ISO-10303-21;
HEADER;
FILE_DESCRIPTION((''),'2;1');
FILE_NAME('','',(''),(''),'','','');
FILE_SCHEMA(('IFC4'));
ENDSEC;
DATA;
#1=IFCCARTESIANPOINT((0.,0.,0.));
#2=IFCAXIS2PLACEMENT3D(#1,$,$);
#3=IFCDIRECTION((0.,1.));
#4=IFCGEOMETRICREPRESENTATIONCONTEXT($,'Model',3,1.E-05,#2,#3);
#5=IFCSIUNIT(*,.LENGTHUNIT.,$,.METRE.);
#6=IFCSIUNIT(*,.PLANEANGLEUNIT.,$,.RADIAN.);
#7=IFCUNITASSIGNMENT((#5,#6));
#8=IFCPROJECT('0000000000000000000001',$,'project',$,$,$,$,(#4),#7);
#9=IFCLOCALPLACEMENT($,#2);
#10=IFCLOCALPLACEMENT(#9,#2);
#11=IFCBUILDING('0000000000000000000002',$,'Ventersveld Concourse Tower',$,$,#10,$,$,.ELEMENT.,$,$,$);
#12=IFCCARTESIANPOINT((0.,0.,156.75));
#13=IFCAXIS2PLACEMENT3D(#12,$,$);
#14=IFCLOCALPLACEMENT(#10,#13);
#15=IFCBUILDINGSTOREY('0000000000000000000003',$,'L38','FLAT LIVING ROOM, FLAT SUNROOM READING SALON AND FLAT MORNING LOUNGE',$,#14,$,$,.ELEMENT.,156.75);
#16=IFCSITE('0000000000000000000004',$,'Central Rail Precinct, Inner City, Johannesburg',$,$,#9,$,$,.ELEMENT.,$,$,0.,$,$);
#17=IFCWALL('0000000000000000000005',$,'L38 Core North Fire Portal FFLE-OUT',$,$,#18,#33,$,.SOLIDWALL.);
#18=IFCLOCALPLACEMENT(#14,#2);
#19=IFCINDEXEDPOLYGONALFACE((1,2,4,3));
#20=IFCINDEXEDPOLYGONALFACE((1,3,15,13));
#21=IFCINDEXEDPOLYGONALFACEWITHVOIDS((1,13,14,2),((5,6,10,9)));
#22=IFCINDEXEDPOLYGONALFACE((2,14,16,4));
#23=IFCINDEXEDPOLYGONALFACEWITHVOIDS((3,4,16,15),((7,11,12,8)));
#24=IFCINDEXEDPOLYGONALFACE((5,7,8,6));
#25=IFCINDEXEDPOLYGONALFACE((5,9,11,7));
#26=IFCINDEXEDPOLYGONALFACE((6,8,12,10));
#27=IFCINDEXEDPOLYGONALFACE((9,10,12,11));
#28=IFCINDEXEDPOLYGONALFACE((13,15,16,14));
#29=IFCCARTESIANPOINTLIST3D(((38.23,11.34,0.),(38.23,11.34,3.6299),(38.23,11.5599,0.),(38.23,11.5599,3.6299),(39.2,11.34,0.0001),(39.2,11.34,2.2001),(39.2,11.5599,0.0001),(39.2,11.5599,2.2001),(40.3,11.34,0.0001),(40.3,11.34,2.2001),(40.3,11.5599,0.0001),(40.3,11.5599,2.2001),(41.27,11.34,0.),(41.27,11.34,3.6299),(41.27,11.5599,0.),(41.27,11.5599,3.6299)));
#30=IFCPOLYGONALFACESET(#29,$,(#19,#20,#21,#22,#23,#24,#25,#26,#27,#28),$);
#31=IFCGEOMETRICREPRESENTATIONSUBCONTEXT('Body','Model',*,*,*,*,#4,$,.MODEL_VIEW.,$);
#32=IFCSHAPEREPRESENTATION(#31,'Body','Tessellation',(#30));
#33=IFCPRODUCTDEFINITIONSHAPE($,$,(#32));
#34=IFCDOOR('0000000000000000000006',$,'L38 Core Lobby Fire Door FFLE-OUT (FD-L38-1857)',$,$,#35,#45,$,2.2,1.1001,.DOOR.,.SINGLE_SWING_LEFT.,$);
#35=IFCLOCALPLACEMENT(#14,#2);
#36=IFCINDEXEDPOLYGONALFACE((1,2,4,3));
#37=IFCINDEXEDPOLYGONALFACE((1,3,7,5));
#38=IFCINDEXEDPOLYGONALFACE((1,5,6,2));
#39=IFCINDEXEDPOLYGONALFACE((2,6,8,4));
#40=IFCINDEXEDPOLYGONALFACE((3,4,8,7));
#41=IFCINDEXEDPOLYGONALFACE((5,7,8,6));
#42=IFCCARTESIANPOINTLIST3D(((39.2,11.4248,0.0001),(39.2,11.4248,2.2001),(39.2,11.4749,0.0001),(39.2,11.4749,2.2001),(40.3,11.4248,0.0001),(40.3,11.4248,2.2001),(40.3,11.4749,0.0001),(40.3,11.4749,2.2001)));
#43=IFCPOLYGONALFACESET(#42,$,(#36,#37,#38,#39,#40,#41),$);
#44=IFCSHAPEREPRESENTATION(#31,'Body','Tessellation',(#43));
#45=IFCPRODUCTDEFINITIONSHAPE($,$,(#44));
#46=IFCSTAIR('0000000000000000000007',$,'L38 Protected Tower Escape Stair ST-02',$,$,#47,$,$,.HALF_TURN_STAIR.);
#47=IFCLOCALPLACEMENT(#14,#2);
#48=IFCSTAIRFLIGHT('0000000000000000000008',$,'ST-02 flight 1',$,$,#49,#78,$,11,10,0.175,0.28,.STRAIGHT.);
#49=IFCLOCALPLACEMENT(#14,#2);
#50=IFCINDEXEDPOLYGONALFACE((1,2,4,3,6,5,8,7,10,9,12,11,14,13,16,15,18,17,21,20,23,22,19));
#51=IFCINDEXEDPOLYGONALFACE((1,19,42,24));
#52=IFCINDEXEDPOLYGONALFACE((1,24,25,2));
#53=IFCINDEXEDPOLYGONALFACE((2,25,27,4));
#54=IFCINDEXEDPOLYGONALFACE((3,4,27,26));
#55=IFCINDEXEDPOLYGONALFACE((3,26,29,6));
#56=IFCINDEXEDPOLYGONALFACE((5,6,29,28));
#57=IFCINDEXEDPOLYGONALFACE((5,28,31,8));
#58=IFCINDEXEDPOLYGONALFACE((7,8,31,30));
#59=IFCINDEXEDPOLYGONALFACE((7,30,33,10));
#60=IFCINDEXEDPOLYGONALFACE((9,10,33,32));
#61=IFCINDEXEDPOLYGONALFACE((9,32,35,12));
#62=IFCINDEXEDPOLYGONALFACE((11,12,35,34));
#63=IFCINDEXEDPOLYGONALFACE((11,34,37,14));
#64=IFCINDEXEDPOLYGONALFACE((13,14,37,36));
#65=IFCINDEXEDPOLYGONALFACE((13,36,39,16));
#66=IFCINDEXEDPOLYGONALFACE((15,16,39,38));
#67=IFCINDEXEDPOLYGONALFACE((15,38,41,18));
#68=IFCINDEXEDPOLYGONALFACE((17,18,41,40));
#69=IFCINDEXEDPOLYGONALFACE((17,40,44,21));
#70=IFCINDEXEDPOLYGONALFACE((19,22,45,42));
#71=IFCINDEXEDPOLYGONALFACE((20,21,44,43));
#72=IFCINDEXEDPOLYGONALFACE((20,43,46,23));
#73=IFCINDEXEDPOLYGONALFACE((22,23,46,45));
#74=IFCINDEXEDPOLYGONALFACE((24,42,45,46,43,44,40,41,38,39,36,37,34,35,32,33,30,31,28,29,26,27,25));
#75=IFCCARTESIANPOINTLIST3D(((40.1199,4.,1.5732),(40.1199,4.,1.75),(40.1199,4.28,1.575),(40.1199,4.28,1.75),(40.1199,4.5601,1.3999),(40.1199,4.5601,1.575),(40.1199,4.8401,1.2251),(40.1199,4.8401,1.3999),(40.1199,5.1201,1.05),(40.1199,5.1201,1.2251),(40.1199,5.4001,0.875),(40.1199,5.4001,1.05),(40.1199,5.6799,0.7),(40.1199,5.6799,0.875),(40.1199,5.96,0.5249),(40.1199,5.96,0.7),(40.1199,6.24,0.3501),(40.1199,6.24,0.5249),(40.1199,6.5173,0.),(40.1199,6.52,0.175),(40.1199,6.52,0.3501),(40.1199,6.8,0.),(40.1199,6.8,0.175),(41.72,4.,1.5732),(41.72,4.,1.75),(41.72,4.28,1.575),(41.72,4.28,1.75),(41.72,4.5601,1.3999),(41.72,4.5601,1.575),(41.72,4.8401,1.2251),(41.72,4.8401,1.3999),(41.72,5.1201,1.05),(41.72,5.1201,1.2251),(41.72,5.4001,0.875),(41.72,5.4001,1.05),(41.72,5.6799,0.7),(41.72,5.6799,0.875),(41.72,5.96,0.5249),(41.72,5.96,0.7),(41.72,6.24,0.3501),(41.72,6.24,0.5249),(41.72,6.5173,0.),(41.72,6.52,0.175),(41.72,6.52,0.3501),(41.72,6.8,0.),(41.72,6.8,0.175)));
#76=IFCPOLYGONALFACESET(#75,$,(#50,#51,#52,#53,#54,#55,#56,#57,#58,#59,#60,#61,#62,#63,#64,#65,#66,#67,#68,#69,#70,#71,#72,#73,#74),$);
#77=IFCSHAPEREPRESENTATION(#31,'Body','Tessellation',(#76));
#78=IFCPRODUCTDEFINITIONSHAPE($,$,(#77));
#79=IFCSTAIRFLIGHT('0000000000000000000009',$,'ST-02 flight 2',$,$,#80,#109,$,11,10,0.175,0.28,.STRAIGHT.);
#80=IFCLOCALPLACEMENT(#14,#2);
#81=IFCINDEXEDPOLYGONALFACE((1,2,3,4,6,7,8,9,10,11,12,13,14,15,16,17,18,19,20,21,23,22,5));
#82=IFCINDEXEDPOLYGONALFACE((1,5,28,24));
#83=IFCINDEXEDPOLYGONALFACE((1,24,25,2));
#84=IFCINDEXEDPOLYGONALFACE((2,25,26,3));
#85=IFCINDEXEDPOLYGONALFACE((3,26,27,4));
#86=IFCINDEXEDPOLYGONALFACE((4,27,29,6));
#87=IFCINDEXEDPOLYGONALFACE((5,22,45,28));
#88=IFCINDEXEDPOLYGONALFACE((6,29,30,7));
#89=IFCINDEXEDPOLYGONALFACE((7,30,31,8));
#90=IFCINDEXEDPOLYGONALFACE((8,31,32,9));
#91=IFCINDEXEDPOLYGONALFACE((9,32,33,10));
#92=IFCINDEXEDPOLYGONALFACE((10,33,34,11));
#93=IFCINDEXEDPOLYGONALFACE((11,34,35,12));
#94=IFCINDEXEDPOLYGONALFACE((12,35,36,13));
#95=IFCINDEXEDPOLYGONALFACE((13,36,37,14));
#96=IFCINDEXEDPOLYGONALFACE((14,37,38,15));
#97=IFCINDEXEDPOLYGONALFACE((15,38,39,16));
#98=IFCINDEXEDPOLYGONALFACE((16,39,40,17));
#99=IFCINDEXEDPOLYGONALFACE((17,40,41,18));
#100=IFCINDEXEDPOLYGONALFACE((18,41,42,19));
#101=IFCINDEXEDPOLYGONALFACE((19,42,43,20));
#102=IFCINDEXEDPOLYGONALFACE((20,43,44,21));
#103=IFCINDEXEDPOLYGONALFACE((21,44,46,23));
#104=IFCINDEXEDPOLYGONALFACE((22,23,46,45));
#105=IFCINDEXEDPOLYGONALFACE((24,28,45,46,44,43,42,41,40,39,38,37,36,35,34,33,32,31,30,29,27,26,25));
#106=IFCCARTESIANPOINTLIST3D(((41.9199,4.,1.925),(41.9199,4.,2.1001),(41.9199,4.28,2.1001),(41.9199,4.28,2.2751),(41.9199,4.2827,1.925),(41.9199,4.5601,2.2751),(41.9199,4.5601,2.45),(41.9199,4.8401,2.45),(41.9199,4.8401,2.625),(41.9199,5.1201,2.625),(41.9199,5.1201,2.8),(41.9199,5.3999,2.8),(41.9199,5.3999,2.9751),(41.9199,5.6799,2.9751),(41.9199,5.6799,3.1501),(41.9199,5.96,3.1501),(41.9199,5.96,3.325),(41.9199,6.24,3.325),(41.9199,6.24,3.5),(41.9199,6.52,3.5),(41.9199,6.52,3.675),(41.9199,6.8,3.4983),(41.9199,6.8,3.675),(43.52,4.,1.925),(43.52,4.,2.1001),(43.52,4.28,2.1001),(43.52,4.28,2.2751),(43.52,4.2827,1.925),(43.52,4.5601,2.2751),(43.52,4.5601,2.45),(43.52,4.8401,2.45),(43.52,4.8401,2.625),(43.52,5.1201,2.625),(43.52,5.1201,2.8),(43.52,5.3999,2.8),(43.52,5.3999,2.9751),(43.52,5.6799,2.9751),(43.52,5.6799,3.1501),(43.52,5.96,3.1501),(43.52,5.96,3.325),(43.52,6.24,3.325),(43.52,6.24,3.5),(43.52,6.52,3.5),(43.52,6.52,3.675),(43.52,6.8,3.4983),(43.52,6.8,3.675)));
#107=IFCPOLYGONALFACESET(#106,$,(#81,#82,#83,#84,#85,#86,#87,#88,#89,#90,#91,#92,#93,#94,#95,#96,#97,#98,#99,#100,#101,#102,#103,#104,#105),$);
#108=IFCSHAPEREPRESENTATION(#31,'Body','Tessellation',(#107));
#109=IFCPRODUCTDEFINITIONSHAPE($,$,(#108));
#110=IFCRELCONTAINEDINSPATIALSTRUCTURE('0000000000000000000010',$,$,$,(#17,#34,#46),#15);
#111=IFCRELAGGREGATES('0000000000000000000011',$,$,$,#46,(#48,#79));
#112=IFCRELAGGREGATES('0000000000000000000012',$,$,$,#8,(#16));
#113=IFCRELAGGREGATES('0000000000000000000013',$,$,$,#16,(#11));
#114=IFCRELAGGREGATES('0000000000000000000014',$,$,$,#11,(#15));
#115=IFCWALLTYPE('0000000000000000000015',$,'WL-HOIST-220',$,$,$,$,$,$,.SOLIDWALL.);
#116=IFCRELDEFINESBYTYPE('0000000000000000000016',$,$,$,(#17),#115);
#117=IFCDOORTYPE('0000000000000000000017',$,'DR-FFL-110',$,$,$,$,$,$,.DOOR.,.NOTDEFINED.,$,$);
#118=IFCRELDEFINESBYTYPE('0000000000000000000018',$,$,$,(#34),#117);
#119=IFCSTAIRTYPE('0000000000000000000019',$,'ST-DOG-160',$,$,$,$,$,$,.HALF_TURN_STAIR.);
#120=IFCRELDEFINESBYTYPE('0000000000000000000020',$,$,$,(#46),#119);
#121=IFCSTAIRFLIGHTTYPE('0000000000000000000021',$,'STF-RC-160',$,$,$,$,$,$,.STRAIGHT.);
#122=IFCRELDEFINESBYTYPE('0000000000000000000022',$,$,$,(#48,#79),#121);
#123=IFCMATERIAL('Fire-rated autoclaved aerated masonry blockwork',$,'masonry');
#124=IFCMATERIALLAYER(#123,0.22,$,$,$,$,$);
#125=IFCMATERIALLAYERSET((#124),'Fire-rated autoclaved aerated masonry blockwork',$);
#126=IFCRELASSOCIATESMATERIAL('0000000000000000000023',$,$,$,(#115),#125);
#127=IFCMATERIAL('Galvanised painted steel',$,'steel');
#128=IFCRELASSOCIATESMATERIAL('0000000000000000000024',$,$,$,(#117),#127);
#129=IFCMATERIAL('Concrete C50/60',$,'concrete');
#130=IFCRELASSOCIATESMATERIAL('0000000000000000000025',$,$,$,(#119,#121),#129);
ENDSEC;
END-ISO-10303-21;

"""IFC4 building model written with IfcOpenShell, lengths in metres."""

from ifc_helpers import new_model, si_unit, direction, frame, frame_2d, origin, place, context, subcontext, project, spatial, polyline, rectangle, outline, extrude, material, layer, layer_set, type_object, element, fill, aggregate, save


model = new_model("IFC4")

# Units and contexts
model_context = context("Model", 3, precision=1e-05, world=origin(), true_north=direction((0.0, 1.0)))
body_context = subcontext(model_context, "Body", "Model", "MODEL_VIEW")
ifc_project = project(units=[si_unit("LENGTHUNIT", "METRE"), si_unit("PLANEANGLEUNIT", "RADIAN")], contexts=[model_context])

# Site, building, storey
site_placement = place(None, origin())
site = spatial("IfcSite", under=ifc_project, at=site_placement, Name="Central Rail Precinct, Inner City, Johannesburg", CompositionType="ELEMENT", RefElevation=0.0)
building_placement = place(site_placement, origin())
building = spatial("IfcBuilding", under=site, at=building_placement, Name="Ventersveld Concourse Tower", CompositionType="ELEMENT")
storey_placement = place(building_placement, frame((0.0, 0.0, 156.75)))
storey = spatial("IfcBuildingStorey", under=building, at=storey_placement, Name="L38", Description="FLAT LIVING ROOM, FLAT SUNROOM READING SALON AND FLAT MORNING LOUNGE", CompositionType="ELEMENT", Elevation=156.75)

# Shared definitions
ifc_material_1 = material(Name="Fire-rated autoclaved aerated masonry blockwork", Category="masonry")
ifc_layer_1 = layer(ifc_material_1, 0.22)
ifc_layer_set_1 = layer_set([ifc_layer_1], Name="Fire-rated autoclaved aerated masonry blockwork")
wall_type_1 = type_object("IfcWallType", Name="WL-HOIST-220", PredefinedType="SOLIDWALL", material=ifc_layer_set_1)

# Wall, opening, door
ifc_material_2 = material(Name="Galvanised painted steel", Category="steel")
wall_1_placement = place(storey_placement, frame((38.23, 11.45, 0.0), z_axis=(0.0, 0.0, 1.0), x_axis=(1.0, 0.0, 0.0)))
wall_1 = element("IfcWall", 1, at=wall_1_placement, inside=storey, type_object=wall_type_1, Name="L38 Core North Fire Portal FFLE-OUT", PredefinedType="SOLIDWALL", context=body_context, shape_type="SweptSolid", body=[
    extrude(rectangle(XDim=3.04, YDim=0.22, at=frame_2d((1.52, 0.0))), origin(), (0.0, 0.0, 1.0), 3.6299),
])
opening_1_placement = place(wall_1_placement, frame((0.97, 0.0, 0.0)))
opening_1 = element("IfcOpeningElement", 2, at=opening_1_placement, cuts=wall_1, PredefinedType="OPENING", context=body_context, shape_type="SweptSolid", body=[
    extrude(rectangle(XDim=1.1001, YDim=2.2, at=frame_2d((0.55, 1.1001))), frame((0.0, 0.1201, 0.0), z_axis=(0.0, -1.0, 0.0), x_axis=(1.0, 0.0, 0.0)), (0.0, 0.0, 1.0), 0.24),
])
door_type_1 = type_object("IfcDoorType", Name="DR-FFL-110", OperationType="NOTDEFINED", PredefinedType="DOOR", material=ifc_material_2)
door_1_placement = place(opening_1_placement, origin())
door_1 = element("IfcDoor", 3, at=door_1_placement, inside=storey, type_object=door_type_1, Name="L38 Core Lobby Fire Door FFLE-OUT (FD-L38-1857)", OperationType="SINGLE_SWING_LEFT", OverallHeight=2.2, OverallWidth=1.1001, PredefinedType="DOOR", context=body_context, shape_type="SweptSolid", body=[
    extrude(rectangle(XDim=1.1001, YDim=2.2, at=frame_2d((0.55, 1.1001))), frame((0.0, 0.0249, 0.0), z_axis=(0.0, -1.0, 0.0), x_axis=(1.0, 0.0, 0.0)), (0.0, 0.0, 1.0), 0.05),
])
fill(opening_1, door_1)

# Stair, stair flights
ifc_material_3 = material(Name="Concrete C50/60", Category="concrete")
stair_type = type_object("IfcStairType", Name="ST-DOG-160", PredefinedType="HALF_TURN_STAIR", material=ifc_material_3)
stair_placement = place(storey_placement, origin())
stair = element("IfcStair", 4, at=stair_placement, inside=storey, type_object=stair_type, Name="L38 Protected Tower Escape Stair ST-02", PredefinedType="HALF_TURN_STAIR")
stair_flight_type = type_object("IfcStairFlightType", Name="STF-RC-160", PredefinedType="STRAIGHT", material=ifc_material_3)
stair_flight_1_placement = place(storey_placement, frame((40.9199, 6.8, 0.0), z_axis=(0.0, 0.0, 1.0), x_axis=(0.0, -1.0, 0.0)))
stair_flight_1 = element("IfcStairFlight", 5, at=stair_flight_1_placement, type_object=stair_flight_type, Name="ST-02 flight 1", NumberOfRisers=11, NumberOfTreads=10, PredefinedType="STRAIGHT", RiserHeight=0.175, TreadLength=0.28, context=body_context, shape_type="SweptSolid", body=[
    extrude(outline(polyline([(0.0, 0.0), (0.0, 0.175), (0.28, 0.175), (0.28, 0.3501), (0.5601, 0.3501), (0.5601, 0.5249), (0.8401, 0.5249), (0.8401, 0.7), (1.1201, 0.7), (1.1201, 0.875), (1.3999, 0.875), (1.3999, 1.05), (1.6799, 1.05), (1.6799, 1.2251), (1.96, 1.2251), (1.96, 1.3999), (2.24, 1.3999), (2.24, 1.575), (2.52, 1.575), (2.52, 1.75), (2.8, 1.75), (2.8, 1.925), (2.8, 1.5732), (0.2827, 0.0), (0.0, 0.0)])), frame((0.0, 0.8, 0.0), z_axis=(0.0, -1.0, 0.0), x_axis=(1.0, 0.0, 0.0)), (0.0, 0.0, 1.0), 1.6001),
])
stair_flight_2_placement = place(storey_placement, frame((42.72, 4.0, 1.925), z_axis=(0.0, 0.0, 1.0), x_axis=(0.0, 1.0, 0.0)))
stair_flight_2 = element("IfcStairFlight", 6, at=stair_flight_2_placement, type_object=stair_flight_type, Name="ST-02 flight 2", NumberOfRisers=11, NumberOfTreads=10, PredefinedType="STRAIGHT", RiserHeight=0.175, TreadLength=0.28, context=body_context, shape_type="SweptSolid", body=[
    extrude(outline(polyline([(0.0, 0.0), (0.0, 0.175), (0.28, 0.175), (0.28, 0.3501), (0.5601, 0.3501), (0.5601, 0.5249), (0.8401, 0.5249), (0.8401, 0.7), (1.1201, 0.7), (1.1201, 0.875), (1.3999, 0.875), (1.3999, 1.05), (1.6799, 1.05), (1.6799, 1.2251), (1.96, 1.2251), (1.96, 1.3999), (2.24, 1.3999), (2.24, 1.575), (2.52, 1.575), (2.52, 1.75), (2.8, 1.75), (2.8, 1.925), (2.8, 1.5732), (0.2827, 0.0), (0.0, 0.0)])), frame((0.0, 0.8, 0.0), z_axis=(0.0, -1.0, 0.0), x_axis=(1.0, 0.0, 0.0)), (0.0, 0.0, 1.0), 1.6001),
])
aggregate(stair, [stair_flight_1, stair_flight_2])

save(model, "model.ifc")
